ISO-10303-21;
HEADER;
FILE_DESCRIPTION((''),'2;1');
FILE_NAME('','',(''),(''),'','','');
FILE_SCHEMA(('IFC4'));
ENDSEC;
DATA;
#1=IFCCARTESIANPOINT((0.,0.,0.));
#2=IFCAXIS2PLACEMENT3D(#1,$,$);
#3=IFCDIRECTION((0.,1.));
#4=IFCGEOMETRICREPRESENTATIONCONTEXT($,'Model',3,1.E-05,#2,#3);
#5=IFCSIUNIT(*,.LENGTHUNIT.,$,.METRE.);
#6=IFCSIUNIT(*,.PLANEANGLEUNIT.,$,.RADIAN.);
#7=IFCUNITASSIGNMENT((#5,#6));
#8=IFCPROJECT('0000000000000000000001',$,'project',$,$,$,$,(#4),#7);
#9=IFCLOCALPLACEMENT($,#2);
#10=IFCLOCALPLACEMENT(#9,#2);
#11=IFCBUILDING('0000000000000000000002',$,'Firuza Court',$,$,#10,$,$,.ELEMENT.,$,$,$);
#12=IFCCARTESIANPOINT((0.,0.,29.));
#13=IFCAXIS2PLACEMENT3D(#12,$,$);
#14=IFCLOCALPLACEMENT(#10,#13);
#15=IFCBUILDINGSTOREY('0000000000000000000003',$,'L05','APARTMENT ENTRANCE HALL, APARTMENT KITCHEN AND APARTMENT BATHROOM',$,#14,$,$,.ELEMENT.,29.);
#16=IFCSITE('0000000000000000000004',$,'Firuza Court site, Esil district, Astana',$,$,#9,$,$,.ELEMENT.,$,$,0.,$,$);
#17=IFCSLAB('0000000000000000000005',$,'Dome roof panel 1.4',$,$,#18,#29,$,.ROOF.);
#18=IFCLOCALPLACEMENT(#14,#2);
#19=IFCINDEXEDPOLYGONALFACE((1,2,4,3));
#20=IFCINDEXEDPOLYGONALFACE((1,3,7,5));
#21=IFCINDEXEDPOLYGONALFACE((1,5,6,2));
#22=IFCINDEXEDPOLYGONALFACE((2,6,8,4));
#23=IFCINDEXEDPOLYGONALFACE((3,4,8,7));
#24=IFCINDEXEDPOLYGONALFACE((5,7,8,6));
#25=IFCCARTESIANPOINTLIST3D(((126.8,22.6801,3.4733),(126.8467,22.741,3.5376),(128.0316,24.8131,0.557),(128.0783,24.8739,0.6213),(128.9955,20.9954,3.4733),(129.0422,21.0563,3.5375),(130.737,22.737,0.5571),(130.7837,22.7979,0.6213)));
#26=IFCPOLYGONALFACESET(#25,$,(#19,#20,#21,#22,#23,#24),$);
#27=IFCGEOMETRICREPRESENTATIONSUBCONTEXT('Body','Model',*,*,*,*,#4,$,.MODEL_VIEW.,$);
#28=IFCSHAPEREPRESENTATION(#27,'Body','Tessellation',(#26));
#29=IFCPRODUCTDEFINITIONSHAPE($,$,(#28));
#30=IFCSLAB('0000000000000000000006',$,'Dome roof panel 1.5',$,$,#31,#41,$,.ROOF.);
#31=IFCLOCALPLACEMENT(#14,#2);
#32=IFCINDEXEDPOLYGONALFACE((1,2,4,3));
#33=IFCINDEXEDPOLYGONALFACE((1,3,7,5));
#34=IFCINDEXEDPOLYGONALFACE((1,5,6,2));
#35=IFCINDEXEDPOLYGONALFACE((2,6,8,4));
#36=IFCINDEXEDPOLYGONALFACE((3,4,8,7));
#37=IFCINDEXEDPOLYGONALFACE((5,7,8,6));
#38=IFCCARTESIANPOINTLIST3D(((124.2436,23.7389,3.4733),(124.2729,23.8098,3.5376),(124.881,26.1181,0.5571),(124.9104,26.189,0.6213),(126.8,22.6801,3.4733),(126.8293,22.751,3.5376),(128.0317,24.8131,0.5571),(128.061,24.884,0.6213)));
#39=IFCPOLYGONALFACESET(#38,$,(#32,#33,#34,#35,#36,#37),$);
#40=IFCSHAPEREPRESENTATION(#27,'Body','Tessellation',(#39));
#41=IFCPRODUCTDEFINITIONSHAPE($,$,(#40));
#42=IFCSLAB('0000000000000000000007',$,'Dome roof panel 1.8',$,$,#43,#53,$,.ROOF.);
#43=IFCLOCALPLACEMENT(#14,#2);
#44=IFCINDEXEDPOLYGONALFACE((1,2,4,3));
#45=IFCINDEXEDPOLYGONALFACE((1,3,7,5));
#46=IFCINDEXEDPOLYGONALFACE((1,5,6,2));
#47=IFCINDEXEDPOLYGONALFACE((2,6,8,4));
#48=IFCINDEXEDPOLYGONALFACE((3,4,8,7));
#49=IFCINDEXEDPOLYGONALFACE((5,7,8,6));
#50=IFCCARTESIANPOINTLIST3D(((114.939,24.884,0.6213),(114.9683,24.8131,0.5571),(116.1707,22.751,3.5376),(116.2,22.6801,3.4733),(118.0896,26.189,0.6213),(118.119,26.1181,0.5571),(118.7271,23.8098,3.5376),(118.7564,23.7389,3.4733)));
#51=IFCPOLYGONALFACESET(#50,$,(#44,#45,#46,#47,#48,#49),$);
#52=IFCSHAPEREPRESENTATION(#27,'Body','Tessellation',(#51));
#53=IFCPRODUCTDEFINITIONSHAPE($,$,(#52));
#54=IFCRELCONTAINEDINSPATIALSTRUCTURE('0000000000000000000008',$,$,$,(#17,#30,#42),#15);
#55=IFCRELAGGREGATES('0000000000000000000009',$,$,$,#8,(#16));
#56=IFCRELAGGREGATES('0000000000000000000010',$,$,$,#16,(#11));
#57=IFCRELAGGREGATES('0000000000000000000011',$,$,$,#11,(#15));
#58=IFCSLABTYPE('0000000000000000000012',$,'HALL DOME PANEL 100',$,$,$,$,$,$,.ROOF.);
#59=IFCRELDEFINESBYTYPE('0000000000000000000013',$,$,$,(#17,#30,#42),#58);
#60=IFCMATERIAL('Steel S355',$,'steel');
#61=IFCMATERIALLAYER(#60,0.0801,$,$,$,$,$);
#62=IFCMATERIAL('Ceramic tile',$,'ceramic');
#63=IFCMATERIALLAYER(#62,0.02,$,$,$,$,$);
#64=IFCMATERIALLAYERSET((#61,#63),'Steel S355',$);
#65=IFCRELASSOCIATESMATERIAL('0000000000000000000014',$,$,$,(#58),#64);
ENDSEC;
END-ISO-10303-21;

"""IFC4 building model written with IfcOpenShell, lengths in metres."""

from ifc_helpers import new_model, si_unit, direction, frame, origin, place, context, subcontext, project, spatial, polyline, outline, extrude, material, layer, layer_set, type_object, element, save


model = new_model("IFC4")

# Units and contexts
model_context = context("Model", 3, precision=1e-05, world=origin(), true_north=direction((0.0, 1.0)))
body_context = subcontext(model_context, "Body", "Model", "MODEL_VIEW")
ifc_project = project(units=[si_unit("LENGTHUNIT", "METRE"), si_unit("PLANEANGLEUNIT", "RADIAN")], contexts=[model_context])

# Site, building, storey
site_placement = place(None, origin())
site = spatial("IfcSite", under=ifc_project, at=site_placement, Name="Firuza Court site, Esil district, Astana", CompositionType="ELEMENT", RefElevation=0.0)
building_placement = place(site_placement, origin())
building = spatial("IfcBuilding", under=site, at=building_placement, Name="Firuza Court", CompositionType="ELEMENT")
storey_placement = place(building_placement, frame((0.0, 0.0, 29.0)))
storey = spatial("IfcBuildingStorey", under=building, at=storey_placement, Name="L05", Description="APARTMENT ENTRANCE HALL, APARTMENT KITCHEN AND APARTMENT BATHROOM", CompositionType="ELEMENT", Elevation=29.0)

# Slabs
ifc_material_1 = material(Name="Steel S355", Category="steel")
ifc_layer_1 = layer(ifc_material_1, 0.0801)
ifc_material_2 = material(Name="Ceramic tile", Category="ceramic")
ifc_layer_2 = layer(ifc_material_2, 0.02)
ifc_layer_set = layer_set([ifc_layer_1, ifc_layer_2], Name="Steel S355")
slab_type = type_object("IfcSlabType", Name="HALL DOME PANEL 100", PredefinedType="ROOF", material=ifc_layer_set)
slab_1_placement = place(storey_placement, frame((130.7837, 22.7979, 0.6213), z_axis=(0.466756, 0.608261, 0.641995), x_axis=(-0.456246, -0.456251, 0.763986)))
element("IfcSlab", 1, at=slab_1_placement, inside=storey, type_object=slab_type, Name="Dome roof panel 1.4", PredefinedType="ROOF", context=body_context, shape_type="SweptSolid", body=[
    extrude(outline(polyline([(0.0, 0.0), (3.8171, 0.0), (4.0502, -2.7575), (0.287, -3.3981), (0.0, 0.0)])), origin(), (0.0, 0.0, -1.0), 0.1001),
])
slab_2_placement = place(storey_placement, frame((128.061, 24.884, 0.6213), z_axis=(0.293384, 0.70834, 0.642013), x_axis=(-0.322661, -0.558789, 0.763966)))
element("IfcSlab", 2, at=slab_2_placement, inside=storey, type_object=slab_type, Name="Dome roof panel 1.5", PredefinedType="ROOF", context=body_context, shape_type="SweptSolid", body=[
    extrude(outline(polyline([(0.0, 0.0), (3.8173, 0.0), (4.0505, -2.7572), (0.2874, -3.398), (0.0, 0.0)])), origin(), (0.0, 0.0, -1.0), 0.1001),
])
slab_3_placement = place(storey_placement, frame((118.0896, 26.189, 0.6213), z_axis=(-0.293384, 0.70834, 0.642013), x_axis=(0.166994, -0.623268, 0.76397)))
element("IfcSlab", 3, at=slab_3_placement, inside=storey, type_object=slab_type, Name="Dome roof panel 1.8", PredefinedType="ROOF", context=body_context, shape_type="SweptSolid", body=[
    extrude(outline(polyline([(0.0, 0.0), (3.8172, 0.0), (4.0503, -2.7572), (0.2872, -3.3981), (0.0, 0.0)])), origin(), (0.0, 0.0, -1.0), 0.1001),
])

save(model, "model.ifc")
